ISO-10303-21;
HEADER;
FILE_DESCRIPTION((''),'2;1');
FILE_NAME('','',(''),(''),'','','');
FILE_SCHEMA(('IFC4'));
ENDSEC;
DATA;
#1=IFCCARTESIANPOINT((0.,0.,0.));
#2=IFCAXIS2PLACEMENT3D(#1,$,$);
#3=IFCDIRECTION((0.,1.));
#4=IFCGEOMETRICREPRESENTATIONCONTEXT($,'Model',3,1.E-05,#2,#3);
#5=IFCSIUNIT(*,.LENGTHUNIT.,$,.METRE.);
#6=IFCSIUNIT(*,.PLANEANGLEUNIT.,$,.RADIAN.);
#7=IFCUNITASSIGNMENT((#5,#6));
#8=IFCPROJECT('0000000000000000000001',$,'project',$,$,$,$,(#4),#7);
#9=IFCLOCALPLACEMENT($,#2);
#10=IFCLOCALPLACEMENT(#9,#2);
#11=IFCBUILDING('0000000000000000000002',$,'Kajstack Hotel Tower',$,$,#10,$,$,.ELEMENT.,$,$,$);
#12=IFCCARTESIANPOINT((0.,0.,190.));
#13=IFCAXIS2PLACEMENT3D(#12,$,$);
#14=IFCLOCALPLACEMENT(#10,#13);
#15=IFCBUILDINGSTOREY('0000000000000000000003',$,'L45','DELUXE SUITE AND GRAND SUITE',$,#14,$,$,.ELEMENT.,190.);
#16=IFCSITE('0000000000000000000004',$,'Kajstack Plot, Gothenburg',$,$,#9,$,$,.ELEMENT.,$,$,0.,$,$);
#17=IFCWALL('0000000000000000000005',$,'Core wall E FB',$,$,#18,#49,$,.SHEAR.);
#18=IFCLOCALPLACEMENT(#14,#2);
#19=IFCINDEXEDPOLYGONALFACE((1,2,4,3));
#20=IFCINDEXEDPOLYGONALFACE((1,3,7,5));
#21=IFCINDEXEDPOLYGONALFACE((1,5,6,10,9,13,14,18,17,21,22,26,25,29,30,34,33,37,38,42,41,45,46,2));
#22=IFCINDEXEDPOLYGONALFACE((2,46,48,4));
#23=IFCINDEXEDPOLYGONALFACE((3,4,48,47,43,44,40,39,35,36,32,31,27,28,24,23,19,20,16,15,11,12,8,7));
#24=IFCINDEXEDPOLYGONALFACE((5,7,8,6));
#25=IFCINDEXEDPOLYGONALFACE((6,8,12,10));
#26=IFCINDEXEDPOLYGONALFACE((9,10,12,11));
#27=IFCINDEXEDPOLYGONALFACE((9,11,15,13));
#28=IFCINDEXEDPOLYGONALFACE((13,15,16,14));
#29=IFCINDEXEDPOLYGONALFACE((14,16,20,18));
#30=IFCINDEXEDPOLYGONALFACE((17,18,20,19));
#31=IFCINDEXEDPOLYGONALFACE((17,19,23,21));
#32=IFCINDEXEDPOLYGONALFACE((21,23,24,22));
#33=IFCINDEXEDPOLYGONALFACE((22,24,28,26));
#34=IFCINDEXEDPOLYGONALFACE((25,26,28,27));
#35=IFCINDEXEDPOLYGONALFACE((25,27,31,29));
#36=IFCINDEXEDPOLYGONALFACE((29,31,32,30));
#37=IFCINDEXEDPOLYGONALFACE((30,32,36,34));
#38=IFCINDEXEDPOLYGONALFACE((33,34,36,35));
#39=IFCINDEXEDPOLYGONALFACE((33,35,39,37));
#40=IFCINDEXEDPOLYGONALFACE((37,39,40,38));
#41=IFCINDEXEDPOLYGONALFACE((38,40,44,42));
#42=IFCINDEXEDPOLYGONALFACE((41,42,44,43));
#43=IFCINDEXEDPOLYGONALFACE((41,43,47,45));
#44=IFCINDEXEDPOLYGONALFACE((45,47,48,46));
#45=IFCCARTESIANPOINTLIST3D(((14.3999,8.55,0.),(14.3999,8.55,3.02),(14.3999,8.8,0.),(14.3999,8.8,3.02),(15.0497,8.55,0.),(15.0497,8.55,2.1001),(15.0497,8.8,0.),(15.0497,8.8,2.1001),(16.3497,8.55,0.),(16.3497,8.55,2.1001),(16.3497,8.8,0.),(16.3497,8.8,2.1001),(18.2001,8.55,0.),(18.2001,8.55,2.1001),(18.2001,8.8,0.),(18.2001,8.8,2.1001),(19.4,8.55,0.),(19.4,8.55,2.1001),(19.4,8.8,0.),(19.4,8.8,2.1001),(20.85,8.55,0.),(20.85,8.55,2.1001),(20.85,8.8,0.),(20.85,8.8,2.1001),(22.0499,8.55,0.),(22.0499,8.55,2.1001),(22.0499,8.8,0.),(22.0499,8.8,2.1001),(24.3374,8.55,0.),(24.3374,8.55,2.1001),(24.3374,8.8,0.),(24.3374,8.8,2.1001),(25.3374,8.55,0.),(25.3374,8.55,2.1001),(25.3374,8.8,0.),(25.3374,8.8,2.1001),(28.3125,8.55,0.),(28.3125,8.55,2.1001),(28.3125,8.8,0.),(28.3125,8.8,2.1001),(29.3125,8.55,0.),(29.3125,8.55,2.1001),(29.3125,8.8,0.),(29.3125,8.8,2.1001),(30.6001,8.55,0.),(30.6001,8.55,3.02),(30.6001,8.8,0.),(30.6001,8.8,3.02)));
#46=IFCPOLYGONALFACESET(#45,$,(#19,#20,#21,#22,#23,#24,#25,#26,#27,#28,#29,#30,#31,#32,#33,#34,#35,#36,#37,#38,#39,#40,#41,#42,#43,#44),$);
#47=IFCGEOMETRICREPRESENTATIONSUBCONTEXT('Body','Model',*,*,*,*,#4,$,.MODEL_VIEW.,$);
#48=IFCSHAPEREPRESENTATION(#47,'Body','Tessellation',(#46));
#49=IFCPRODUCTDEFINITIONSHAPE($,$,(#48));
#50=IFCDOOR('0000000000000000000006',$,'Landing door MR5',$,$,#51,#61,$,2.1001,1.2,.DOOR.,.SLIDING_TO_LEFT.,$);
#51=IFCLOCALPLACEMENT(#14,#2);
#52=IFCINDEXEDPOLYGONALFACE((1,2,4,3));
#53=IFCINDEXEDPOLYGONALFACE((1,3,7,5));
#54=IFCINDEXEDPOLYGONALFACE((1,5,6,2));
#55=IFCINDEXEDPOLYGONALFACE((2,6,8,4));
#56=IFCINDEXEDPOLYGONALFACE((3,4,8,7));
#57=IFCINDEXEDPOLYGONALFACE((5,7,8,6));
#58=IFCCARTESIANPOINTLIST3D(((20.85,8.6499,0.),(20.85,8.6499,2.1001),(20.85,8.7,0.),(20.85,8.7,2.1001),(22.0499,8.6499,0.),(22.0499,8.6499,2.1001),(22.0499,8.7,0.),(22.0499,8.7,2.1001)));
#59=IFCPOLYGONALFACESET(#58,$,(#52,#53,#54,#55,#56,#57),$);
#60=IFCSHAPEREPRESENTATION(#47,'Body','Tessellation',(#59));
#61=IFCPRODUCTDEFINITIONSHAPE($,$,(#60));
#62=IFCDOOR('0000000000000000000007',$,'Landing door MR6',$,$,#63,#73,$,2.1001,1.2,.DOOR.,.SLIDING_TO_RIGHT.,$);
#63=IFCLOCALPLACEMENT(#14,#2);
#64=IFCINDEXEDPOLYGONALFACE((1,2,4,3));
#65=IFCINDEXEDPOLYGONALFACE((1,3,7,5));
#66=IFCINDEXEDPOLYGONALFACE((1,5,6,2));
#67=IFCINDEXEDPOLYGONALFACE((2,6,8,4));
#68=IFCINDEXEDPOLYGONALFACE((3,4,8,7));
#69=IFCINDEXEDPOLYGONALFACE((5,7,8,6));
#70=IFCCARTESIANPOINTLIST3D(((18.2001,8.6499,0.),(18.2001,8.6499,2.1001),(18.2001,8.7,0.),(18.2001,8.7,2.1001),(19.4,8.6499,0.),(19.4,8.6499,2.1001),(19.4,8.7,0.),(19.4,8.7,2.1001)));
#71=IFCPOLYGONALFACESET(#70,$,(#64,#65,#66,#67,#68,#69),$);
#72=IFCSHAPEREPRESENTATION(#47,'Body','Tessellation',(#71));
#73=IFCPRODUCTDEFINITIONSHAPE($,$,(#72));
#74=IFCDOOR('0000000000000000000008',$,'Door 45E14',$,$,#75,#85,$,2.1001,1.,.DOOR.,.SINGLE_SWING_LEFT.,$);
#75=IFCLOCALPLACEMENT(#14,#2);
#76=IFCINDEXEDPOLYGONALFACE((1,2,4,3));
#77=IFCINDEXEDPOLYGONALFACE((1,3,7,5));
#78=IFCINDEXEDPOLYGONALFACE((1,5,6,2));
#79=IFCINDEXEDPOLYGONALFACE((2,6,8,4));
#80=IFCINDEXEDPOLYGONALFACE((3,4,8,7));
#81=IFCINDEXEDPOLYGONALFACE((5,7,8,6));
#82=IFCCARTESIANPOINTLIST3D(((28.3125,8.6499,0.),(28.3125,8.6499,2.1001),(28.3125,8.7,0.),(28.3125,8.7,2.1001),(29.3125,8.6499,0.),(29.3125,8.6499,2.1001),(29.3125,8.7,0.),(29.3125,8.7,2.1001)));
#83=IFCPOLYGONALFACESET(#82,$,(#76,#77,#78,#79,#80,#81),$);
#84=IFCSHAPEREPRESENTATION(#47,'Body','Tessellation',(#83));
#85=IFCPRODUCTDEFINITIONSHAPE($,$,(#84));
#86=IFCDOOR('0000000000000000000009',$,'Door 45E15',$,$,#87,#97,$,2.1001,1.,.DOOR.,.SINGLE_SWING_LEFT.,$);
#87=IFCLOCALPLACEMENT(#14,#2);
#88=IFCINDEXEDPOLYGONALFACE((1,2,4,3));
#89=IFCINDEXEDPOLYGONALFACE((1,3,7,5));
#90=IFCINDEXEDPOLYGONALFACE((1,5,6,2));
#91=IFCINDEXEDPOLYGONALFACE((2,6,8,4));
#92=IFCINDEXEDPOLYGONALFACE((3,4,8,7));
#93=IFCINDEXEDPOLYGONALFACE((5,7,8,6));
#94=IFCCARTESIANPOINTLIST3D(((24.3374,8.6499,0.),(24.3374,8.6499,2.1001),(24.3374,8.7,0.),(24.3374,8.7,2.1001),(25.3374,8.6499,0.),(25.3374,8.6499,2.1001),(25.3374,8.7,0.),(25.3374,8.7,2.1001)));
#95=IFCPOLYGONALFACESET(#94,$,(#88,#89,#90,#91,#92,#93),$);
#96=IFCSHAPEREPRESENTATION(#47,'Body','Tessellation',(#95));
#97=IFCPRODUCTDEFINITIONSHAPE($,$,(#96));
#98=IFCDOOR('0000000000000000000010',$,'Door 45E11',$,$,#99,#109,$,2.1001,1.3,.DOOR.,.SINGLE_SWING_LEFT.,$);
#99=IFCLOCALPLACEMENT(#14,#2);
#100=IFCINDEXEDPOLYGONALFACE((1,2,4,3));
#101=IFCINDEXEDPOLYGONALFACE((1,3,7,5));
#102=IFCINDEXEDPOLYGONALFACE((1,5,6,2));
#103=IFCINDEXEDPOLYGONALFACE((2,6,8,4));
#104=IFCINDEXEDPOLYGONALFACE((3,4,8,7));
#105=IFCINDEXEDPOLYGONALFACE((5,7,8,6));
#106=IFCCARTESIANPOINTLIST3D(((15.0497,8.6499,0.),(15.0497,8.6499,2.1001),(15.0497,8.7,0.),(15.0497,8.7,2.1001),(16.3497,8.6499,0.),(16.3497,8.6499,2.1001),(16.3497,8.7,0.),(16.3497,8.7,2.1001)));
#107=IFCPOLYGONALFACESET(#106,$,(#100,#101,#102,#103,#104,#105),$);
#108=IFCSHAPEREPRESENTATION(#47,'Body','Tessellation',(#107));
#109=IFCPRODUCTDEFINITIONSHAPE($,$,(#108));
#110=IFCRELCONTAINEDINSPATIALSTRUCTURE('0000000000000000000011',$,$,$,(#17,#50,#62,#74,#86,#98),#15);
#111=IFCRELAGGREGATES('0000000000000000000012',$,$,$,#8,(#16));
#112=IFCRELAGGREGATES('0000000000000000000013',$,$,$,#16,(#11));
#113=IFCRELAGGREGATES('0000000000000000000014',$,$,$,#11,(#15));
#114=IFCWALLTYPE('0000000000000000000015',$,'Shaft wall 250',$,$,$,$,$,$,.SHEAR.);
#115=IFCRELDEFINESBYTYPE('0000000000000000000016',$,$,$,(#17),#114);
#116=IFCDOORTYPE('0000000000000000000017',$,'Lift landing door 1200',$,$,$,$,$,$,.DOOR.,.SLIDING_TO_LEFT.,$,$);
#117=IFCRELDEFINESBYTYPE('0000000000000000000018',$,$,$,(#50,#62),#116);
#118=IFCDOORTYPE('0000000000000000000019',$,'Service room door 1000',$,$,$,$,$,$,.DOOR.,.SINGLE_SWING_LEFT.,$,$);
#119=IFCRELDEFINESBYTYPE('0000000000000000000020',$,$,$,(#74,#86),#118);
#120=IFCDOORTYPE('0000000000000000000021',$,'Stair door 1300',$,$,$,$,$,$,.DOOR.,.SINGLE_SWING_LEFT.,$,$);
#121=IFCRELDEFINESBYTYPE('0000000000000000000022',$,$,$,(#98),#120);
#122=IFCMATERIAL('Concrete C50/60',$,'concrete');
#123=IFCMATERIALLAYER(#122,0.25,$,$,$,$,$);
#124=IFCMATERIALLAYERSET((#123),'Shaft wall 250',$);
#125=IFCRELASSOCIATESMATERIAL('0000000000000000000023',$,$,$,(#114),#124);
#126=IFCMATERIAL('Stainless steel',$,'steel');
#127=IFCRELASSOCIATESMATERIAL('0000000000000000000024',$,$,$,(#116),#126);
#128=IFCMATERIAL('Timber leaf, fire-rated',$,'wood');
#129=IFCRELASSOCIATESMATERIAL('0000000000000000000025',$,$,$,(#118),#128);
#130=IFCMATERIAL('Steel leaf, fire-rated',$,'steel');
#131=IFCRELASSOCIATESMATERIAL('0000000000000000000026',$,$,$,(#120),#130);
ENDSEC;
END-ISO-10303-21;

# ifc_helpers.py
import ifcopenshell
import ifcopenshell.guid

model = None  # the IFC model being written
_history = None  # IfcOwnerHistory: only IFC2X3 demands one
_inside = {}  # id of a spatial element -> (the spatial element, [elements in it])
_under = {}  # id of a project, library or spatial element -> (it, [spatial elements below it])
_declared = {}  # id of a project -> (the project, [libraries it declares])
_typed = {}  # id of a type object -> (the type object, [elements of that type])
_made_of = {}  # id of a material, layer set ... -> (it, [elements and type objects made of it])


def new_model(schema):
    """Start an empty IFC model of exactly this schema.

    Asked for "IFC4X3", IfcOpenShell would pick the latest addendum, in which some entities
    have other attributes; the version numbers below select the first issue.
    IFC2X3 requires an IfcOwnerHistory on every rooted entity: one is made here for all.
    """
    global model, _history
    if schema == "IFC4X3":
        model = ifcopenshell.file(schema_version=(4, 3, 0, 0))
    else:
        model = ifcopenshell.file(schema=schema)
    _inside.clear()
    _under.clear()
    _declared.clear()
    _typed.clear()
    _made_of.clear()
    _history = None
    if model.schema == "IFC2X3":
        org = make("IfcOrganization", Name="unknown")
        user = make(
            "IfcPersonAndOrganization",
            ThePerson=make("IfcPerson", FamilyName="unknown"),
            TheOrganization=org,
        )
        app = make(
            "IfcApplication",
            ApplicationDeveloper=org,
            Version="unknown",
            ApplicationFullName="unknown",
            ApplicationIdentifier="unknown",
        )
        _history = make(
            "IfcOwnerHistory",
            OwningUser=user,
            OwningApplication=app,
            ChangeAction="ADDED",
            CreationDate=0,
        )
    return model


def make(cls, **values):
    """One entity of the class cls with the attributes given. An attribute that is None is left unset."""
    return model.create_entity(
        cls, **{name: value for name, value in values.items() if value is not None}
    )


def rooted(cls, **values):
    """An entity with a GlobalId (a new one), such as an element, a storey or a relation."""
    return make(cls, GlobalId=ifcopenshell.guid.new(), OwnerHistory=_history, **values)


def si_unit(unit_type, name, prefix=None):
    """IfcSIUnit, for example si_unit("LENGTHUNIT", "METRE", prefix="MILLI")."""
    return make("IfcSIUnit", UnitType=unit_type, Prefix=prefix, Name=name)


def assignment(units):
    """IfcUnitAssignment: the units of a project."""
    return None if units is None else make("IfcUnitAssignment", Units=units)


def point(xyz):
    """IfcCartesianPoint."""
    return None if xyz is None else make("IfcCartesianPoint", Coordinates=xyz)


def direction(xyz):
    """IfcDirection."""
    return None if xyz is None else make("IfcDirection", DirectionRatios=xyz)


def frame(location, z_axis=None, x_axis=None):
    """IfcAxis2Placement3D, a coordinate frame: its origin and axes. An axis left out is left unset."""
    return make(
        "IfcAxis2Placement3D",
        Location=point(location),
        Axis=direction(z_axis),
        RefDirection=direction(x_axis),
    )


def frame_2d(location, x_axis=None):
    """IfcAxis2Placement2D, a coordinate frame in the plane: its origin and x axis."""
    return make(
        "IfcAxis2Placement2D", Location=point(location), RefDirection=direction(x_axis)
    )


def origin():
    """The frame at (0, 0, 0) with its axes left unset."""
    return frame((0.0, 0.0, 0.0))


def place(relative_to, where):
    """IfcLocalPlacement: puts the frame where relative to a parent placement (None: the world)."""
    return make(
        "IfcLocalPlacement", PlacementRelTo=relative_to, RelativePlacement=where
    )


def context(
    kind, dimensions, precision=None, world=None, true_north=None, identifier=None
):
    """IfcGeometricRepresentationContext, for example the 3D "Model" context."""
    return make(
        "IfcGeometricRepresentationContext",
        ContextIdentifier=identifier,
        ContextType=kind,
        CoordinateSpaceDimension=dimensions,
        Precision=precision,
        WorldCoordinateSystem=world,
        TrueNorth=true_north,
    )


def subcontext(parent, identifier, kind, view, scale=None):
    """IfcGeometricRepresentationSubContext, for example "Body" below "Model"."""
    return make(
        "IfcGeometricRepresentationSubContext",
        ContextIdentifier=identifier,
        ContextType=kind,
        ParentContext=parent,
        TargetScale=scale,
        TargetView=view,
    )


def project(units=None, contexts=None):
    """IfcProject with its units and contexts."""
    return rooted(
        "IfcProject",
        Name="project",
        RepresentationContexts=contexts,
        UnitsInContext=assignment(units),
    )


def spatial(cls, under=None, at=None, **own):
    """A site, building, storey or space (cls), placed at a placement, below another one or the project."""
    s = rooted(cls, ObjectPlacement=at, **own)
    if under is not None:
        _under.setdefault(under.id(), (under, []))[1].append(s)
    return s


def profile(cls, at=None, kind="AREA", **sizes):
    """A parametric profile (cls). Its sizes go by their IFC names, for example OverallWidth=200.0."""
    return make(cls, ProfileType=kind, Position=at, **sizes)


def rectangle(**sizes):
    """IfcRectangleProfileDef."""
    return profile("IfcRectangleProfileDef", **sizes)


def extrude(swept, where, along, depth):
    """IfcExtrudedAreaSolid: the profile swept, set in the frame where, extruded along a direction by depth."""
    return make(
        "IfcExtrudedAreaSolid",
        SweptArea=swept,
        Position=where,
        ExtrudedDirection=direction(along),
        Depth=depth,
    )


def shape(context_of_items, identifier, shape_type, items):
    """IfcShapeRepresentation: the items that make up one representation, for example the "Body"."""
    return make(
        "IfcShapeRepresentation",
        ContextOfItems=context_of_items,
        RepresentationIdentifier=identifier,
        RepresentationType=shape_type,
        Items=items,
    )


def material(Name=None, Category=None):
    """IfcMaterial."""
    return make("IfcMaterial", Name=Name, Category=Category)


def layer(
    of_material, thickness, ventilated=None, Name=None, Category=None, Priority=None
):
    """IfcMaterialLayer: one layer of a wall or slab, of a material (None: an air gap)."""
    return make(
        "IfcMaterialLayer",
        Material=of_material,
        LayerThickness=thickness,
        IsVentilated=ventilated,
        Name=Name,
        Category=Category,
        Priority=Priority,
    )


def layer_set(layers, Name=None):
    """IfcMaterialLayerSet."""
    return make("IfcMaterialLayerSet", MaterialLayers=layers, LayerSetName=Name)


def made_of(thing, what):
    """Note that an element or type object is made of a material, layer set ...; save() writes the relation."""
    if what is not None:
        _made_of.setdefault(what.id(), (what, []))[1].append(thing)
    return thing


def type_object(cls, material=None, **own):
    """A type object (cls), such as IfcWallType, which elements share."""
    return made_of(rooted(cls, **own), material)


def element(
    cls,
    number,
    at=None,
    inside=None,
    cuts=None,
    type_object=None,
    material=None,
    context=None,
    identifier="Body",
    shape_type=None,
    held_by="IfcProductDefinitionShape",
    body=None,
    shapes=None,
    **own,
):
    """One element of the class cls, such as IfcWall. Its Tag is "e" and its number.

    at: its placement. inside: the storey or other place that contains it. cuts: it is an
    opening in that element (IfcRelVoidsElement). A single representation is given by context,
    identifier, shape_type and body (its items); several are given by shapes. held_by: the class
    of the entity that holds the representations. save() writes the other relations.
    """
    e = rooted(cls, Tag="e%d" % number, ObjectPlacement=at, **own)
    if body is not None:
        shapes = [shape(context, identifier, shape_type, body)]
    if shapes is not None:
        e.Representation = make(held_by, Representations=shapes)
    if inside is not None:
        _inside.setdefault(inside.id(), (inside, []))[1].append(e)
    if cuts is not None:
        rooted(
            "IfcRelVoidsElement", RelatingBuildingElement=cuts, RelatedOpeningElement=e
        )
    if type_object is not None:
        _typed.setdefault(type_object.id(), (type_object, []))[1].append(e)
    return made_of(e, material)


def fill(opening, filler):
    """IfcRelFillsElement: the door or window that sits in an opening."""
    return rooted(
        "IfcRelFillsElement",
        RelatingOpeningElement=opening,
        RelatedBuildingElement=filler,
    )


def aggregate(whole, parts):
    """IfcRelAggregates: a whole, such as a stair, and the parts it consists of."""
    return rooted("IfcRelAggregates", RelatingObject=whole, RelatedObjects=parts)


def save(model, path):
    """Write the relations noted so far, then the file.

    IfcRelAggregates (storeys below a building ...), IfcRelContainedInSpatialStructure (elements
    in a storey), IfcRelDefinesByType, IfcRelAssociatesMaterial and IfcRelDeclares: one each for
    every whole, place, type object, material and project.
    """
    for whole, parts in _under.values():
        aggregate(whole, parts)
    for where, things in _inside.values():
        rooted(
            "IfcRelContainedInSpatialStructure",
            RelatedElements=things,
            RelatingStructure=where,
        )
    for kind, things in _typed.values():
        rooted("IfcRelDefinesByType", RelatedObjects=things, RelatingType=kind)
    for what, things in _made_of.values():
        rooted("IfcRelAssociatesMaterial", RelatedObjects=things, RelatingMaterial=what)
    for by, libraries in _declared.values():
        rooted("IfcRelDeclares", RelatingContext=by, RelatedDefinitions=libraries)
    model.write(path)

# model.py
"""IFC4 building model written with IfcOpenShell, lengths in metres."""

from ifc_helpers import new_model, si_unit, direction, frame, frame_2d, origin, place, context, subcontext, project, spatial, rectangle, extrude, material, layer, layer_set, type_object, element, fill, save


model = new_model("IFC4")

# Units and contexts
model_context = context("Model", 3, precision=1e-05, world=origin(), true_north=direction((0.0, 1.0)))
body_context = subcontext(model_context, "Body", "Model", "MODEL_VIEW")
ifc_project = project(units=[si_unit("LENGTHUNIT", "METRE"), si_unit("PLANEANGLEUNIT", "RADIAN")], contexts=[model_context])

# Site, building, storey
site_placement = place(None, origin())
site = spatial("IfcSite", under=ifc_project, at=site_placement, Name="Kajstack Plot, Gothenburg", CompositionType="ELEMENT", RefElevation=0.0)
building_placement = place(site_placement, origin())
building = spatial("IfcBuilding", under=site, at=building_placement, Name="Kajstack Hotel Tower", CompositionType="ELEMENT")
storey_placement = place(building_placement, frame((0.0, 0.0, 190.0)))
storey = spatial("IfcBuildingStorey", under=building, at=storey_placement, Name="L45", Description="DELUXE SUITE AND GRAND SUITE", CompositionType="ELEMENT", Elevation=190.0)

# Wall, openings, doors
ifc_material_1 = material(Name="Concrete C50/60", Category="concrete")
ifc_layer_1 = layer(ifc_material_1, 0.25)
ifc_layer_set_1 = layer_set([ifc_layer_1], Name="Shaft wall 250")
wall_type_1 = type_object("IfcWallType", Name="Shaft wall 250", PredefinedType="SHEAR", material=ifc_layer_set_1)
wall_1_placement = place(storey_placement, frame((14.3999, 8.675, 0.0), z_axis=(0.0, 0.0, 1.0), x_axis=(1.0, 0.0, 0.0)))
wall_1 = element("IfcWall", 1, at=wall_1_placement, inside=storey, type_object=wall_type_1, Name="Core wall E FB", PredefinedType="SHEAR", context=body_context, shape_type="SweptSolid", body=[
    extrude(rectangle(XDim=16.2002, YDim=0.25, at=frame_2d((8.1001, 0.0))), origin(), (0.0, 0.0, 1.0), 3.02),
])
opening_1_placement = place(wall_1_placement, frame((6.45, 0.0, 0.0)))
opening_1 = element("IfcOpeningElement", 2, at=opening_1_placement, cuts=wall_1, PredefinedType="OPENING", context=body_context, shape_type="SweptSolid", body=[
    extrude(rectangle(XDim=1.2, YDim=2.1001, at=frame_2d((0.6001, 1.05))), frame((0.0, 0.135, 0.0), z_axis=(0.0, -1.0, 0.0), x_axis=(1.0, 0.0, 0.0)), (0.0, 0.0, 1.0), 0.27),
])
opening_2_placement = place(wall_1_placement, frame((3.8, 0.0, 0.0)))
opening_2 = element("IfcOpeningElement", 3, at=opening_2_placement, cuts=wall_1, PredefinedType="OPENING", context=body_context, shape_type="SweptSolid", body=[
    extrude(rectangle(XDim=1.2, YDim=2.1001, at=frame_2d((0.6001, 1.05))), frame((0.0, 0.135, 0.0), z_axis=(0.0, -1.0, 0.0), x_axis=(1.0, 0.0, 0.0)), (0.0, 0.0, 1.0), 0.27),
])
opening_3_placement = place(wall_1_placement, frame((0.6499, 0.0, 0.0)))
opening_3 = element("IfcOpeningElement", 4, at=opening_3_placement, cuts=wall_1, PredefinedType="OPENING", context=body_context, shape_type="SweptSolid", body=[
    extrude(rectangle(XDim=1.3, YDim=2.1001, at=frame_2d((0.6499, 1.05))), frame((0.0, 0.135, 0.0), z_axis=(0.0, -1.0, 0.0), x_axis=(1.0, 0.0, 0.0)), (0.0, 0.0, 1.0), 0.27),
])
opening_4_placement = place(wall_1_placement, frame((13.9126, 0.0, 0.0)))
opening_4 = element("IfcOpeningElement", 5, at=opening_4_placement, cuts=wall_1, PredefinedType="OPENING", context=body_context, shape_type="SweptSolid", body=[
    extrude(rectangle(XDim=1.0, YDim=2.1001, at=frame_2d((0.5, 1.05))), frame((0.0, 0.135, 0.0), z_axis=(0.0, -1.0, 0.0), x_axis=(1.0, 0.0, 0.0)), (0.0, 0.0, 1.0), 0.27),
])
opening_5_placement = place(wall_1_placement, frame((9.9375, 0.0, 0.0)))
opening_5 = element("IfcOpeningElement", 6, at=opening_5_placement, cuts=wall_1, PredefinedType="OPENING", context=body_context, shape_type="SweptSolid", body=[
    extrude(rectangle(XDim=1.0, YDim=2.1001, at=frame_2d((0.5, 1.05))), frame((0.0, 0.135, 0.0), z_axis=(0.0, -1.0, 0.0), x_axis=(1.0, 0.0, 0.0)), (0.0, 0.0, 1.0), 0.27),
])
ifc_material_2 = material(Name="Stainless steel", Category="steel")
door_type_1 = type_object("IfcDoorType", Name="Lift landing door 1200", OperationType="SLIDING_TO_LEFT", PredefinedType="DOOR", material=ifc_material_2)
door_1_placement = place(opening_1_placement, origin())
door_1 = element("IfcDoor", 7, at=door_1_placement, inside=storey, type_object=door_type_1, Name="Landing door MR5", OperationType="SLIDING_TO_LEFT", OverallHeight=2.1001, OverallWidth=1.2, PredefinedType="DOOR", context=body_context, shape_type="SweptSolid", body=[
    extrude(rectangle(XDim=1.2, YDim=2.1001, at=frame_2d((0.6001, 1.05))), frame((0.0, 0.0249, 0.0), z_axis=(0.0, -1.0, 0.0), x_axis=(1.0, 0.0, 0.0)), (0.0, 0.0, 1.0), 0.05),
])
fill(opening_1, door_1)
door_2_placement = place(opening_2_placement, origin())
door_2 = element("IfcDoor", 8, at=door_2_placement, inside=storey, type_object=door_type_1, Name="Landing door MR6", OperationType="SLIDING_TO_RIGHT", OverallHeight=2.1001, OverallWidth=1.2, PredefinedType="DOOR", context=body_context, shape_type="SweptSolid", body=[
    extrude(rectangle(XDim=1.2, YDim=2.1001, at=frame_2d((0.6001, 1.05))), frame((0.0, 0.0249, 0.0), z_axis=(0.0, -1.0, 0.0), x_axis=(1.0, 0.0, 0.0)), (0.0, 0.0, 1.0), 0.05),
])
fill(opening_2, door_2)
ifc_material_3 = material(Name="Timber leaf, fire-rated", Category="wood")
door_type_2 = type_object("IfcDoorType", Name="Service room door 1000", OperationType="SINGLE_SWING_LEFT", PredefinedType="DOOR", material=ifc_material_3)
door_3_placement = place(opening_4_placement, origin())
door_3 = element("IfcDoor", 9, at=door_3_placement, inside=storey, type_object=door_type_2, Name="Door 45E14", OperationType="SINGLE_SWING_LEFT", OverallHeight=2.1001, OverallWidth=1.0, PredefinedType="DOOR", context=body_context, shape_type="SweptSolid", body=[
    extrude(rectangle(XDim=1.0, YDim=2.1001, at=frame_2d((0.5, 1.05))), frame((0.0, 0.0249, 0.0), z_axis=(0.0, -1.0, 0.0), x_axis=(1.0, 0.0, 0.0)), (0.0, 0.0, 1.0), 0.05),
])
fill(opening_4, door_3)
door_4_placement = place(opening_5_placement, origin())
door_4 = element("IfcDoor", 10, at=door_4_placement, inside=storey, type_object=door_type_2, Name="Door 45E15", OperationType="SINGLE_SWING_LEFT", OverallHeight=2.1001, OverallWidth=1.0, PredefinedType="DOOR", context=body_context, shape_type="SweptSolid", body=[
    extrude(rectangle(XDim=1.0, YDim=2.1001, at=frame_2d((0.5, 1.05))), frame((0.0, 0.0249, 0.0), z_axis=(0.0, -1.0, 0.0), x_axis=(1.0, 0.0, 0.0)), (0.0, 0.0, 1.0), 0.05),
])
fill(opening_5, door_4)
ifc_material_4 = material(Name="Steel leaf, fire-rated", Category="steel")
door_type_3 = type_object("IfcDoorType", Name="Stair door 1300", OperationType="SINGLE_SWING_LEFT", PredefinedType="DOOR", material=ifc_material_4)
door_5_placement = place(opening_3_placement, origin())
door_5 = element("IfcDoor", 11, at=door_5_placement, inside=storey, type_object=door_type_3, Name="Door 45E11", OperationType="SINGLE_SWING_LEFT", OverallHeight=2.1001, OverallWidth=1.3, PredefinedType="DOOR", context=body_context, shape_type="SweptSolid", body=[
    extrude(rectangle(XDim=1.3, YDim=2.1001, at=frame_2d((0.6499, 1.05))), frame((0.0, 0.0249, 0.0), z_axis=(0.0, -1.0, 0.0), x_axis=(1.0, 0.0, 0.0)), (0.0, 0.0, 1.0), 0.05),
])
fill(opening_3, door_5)

save(model, "model.ifc")
